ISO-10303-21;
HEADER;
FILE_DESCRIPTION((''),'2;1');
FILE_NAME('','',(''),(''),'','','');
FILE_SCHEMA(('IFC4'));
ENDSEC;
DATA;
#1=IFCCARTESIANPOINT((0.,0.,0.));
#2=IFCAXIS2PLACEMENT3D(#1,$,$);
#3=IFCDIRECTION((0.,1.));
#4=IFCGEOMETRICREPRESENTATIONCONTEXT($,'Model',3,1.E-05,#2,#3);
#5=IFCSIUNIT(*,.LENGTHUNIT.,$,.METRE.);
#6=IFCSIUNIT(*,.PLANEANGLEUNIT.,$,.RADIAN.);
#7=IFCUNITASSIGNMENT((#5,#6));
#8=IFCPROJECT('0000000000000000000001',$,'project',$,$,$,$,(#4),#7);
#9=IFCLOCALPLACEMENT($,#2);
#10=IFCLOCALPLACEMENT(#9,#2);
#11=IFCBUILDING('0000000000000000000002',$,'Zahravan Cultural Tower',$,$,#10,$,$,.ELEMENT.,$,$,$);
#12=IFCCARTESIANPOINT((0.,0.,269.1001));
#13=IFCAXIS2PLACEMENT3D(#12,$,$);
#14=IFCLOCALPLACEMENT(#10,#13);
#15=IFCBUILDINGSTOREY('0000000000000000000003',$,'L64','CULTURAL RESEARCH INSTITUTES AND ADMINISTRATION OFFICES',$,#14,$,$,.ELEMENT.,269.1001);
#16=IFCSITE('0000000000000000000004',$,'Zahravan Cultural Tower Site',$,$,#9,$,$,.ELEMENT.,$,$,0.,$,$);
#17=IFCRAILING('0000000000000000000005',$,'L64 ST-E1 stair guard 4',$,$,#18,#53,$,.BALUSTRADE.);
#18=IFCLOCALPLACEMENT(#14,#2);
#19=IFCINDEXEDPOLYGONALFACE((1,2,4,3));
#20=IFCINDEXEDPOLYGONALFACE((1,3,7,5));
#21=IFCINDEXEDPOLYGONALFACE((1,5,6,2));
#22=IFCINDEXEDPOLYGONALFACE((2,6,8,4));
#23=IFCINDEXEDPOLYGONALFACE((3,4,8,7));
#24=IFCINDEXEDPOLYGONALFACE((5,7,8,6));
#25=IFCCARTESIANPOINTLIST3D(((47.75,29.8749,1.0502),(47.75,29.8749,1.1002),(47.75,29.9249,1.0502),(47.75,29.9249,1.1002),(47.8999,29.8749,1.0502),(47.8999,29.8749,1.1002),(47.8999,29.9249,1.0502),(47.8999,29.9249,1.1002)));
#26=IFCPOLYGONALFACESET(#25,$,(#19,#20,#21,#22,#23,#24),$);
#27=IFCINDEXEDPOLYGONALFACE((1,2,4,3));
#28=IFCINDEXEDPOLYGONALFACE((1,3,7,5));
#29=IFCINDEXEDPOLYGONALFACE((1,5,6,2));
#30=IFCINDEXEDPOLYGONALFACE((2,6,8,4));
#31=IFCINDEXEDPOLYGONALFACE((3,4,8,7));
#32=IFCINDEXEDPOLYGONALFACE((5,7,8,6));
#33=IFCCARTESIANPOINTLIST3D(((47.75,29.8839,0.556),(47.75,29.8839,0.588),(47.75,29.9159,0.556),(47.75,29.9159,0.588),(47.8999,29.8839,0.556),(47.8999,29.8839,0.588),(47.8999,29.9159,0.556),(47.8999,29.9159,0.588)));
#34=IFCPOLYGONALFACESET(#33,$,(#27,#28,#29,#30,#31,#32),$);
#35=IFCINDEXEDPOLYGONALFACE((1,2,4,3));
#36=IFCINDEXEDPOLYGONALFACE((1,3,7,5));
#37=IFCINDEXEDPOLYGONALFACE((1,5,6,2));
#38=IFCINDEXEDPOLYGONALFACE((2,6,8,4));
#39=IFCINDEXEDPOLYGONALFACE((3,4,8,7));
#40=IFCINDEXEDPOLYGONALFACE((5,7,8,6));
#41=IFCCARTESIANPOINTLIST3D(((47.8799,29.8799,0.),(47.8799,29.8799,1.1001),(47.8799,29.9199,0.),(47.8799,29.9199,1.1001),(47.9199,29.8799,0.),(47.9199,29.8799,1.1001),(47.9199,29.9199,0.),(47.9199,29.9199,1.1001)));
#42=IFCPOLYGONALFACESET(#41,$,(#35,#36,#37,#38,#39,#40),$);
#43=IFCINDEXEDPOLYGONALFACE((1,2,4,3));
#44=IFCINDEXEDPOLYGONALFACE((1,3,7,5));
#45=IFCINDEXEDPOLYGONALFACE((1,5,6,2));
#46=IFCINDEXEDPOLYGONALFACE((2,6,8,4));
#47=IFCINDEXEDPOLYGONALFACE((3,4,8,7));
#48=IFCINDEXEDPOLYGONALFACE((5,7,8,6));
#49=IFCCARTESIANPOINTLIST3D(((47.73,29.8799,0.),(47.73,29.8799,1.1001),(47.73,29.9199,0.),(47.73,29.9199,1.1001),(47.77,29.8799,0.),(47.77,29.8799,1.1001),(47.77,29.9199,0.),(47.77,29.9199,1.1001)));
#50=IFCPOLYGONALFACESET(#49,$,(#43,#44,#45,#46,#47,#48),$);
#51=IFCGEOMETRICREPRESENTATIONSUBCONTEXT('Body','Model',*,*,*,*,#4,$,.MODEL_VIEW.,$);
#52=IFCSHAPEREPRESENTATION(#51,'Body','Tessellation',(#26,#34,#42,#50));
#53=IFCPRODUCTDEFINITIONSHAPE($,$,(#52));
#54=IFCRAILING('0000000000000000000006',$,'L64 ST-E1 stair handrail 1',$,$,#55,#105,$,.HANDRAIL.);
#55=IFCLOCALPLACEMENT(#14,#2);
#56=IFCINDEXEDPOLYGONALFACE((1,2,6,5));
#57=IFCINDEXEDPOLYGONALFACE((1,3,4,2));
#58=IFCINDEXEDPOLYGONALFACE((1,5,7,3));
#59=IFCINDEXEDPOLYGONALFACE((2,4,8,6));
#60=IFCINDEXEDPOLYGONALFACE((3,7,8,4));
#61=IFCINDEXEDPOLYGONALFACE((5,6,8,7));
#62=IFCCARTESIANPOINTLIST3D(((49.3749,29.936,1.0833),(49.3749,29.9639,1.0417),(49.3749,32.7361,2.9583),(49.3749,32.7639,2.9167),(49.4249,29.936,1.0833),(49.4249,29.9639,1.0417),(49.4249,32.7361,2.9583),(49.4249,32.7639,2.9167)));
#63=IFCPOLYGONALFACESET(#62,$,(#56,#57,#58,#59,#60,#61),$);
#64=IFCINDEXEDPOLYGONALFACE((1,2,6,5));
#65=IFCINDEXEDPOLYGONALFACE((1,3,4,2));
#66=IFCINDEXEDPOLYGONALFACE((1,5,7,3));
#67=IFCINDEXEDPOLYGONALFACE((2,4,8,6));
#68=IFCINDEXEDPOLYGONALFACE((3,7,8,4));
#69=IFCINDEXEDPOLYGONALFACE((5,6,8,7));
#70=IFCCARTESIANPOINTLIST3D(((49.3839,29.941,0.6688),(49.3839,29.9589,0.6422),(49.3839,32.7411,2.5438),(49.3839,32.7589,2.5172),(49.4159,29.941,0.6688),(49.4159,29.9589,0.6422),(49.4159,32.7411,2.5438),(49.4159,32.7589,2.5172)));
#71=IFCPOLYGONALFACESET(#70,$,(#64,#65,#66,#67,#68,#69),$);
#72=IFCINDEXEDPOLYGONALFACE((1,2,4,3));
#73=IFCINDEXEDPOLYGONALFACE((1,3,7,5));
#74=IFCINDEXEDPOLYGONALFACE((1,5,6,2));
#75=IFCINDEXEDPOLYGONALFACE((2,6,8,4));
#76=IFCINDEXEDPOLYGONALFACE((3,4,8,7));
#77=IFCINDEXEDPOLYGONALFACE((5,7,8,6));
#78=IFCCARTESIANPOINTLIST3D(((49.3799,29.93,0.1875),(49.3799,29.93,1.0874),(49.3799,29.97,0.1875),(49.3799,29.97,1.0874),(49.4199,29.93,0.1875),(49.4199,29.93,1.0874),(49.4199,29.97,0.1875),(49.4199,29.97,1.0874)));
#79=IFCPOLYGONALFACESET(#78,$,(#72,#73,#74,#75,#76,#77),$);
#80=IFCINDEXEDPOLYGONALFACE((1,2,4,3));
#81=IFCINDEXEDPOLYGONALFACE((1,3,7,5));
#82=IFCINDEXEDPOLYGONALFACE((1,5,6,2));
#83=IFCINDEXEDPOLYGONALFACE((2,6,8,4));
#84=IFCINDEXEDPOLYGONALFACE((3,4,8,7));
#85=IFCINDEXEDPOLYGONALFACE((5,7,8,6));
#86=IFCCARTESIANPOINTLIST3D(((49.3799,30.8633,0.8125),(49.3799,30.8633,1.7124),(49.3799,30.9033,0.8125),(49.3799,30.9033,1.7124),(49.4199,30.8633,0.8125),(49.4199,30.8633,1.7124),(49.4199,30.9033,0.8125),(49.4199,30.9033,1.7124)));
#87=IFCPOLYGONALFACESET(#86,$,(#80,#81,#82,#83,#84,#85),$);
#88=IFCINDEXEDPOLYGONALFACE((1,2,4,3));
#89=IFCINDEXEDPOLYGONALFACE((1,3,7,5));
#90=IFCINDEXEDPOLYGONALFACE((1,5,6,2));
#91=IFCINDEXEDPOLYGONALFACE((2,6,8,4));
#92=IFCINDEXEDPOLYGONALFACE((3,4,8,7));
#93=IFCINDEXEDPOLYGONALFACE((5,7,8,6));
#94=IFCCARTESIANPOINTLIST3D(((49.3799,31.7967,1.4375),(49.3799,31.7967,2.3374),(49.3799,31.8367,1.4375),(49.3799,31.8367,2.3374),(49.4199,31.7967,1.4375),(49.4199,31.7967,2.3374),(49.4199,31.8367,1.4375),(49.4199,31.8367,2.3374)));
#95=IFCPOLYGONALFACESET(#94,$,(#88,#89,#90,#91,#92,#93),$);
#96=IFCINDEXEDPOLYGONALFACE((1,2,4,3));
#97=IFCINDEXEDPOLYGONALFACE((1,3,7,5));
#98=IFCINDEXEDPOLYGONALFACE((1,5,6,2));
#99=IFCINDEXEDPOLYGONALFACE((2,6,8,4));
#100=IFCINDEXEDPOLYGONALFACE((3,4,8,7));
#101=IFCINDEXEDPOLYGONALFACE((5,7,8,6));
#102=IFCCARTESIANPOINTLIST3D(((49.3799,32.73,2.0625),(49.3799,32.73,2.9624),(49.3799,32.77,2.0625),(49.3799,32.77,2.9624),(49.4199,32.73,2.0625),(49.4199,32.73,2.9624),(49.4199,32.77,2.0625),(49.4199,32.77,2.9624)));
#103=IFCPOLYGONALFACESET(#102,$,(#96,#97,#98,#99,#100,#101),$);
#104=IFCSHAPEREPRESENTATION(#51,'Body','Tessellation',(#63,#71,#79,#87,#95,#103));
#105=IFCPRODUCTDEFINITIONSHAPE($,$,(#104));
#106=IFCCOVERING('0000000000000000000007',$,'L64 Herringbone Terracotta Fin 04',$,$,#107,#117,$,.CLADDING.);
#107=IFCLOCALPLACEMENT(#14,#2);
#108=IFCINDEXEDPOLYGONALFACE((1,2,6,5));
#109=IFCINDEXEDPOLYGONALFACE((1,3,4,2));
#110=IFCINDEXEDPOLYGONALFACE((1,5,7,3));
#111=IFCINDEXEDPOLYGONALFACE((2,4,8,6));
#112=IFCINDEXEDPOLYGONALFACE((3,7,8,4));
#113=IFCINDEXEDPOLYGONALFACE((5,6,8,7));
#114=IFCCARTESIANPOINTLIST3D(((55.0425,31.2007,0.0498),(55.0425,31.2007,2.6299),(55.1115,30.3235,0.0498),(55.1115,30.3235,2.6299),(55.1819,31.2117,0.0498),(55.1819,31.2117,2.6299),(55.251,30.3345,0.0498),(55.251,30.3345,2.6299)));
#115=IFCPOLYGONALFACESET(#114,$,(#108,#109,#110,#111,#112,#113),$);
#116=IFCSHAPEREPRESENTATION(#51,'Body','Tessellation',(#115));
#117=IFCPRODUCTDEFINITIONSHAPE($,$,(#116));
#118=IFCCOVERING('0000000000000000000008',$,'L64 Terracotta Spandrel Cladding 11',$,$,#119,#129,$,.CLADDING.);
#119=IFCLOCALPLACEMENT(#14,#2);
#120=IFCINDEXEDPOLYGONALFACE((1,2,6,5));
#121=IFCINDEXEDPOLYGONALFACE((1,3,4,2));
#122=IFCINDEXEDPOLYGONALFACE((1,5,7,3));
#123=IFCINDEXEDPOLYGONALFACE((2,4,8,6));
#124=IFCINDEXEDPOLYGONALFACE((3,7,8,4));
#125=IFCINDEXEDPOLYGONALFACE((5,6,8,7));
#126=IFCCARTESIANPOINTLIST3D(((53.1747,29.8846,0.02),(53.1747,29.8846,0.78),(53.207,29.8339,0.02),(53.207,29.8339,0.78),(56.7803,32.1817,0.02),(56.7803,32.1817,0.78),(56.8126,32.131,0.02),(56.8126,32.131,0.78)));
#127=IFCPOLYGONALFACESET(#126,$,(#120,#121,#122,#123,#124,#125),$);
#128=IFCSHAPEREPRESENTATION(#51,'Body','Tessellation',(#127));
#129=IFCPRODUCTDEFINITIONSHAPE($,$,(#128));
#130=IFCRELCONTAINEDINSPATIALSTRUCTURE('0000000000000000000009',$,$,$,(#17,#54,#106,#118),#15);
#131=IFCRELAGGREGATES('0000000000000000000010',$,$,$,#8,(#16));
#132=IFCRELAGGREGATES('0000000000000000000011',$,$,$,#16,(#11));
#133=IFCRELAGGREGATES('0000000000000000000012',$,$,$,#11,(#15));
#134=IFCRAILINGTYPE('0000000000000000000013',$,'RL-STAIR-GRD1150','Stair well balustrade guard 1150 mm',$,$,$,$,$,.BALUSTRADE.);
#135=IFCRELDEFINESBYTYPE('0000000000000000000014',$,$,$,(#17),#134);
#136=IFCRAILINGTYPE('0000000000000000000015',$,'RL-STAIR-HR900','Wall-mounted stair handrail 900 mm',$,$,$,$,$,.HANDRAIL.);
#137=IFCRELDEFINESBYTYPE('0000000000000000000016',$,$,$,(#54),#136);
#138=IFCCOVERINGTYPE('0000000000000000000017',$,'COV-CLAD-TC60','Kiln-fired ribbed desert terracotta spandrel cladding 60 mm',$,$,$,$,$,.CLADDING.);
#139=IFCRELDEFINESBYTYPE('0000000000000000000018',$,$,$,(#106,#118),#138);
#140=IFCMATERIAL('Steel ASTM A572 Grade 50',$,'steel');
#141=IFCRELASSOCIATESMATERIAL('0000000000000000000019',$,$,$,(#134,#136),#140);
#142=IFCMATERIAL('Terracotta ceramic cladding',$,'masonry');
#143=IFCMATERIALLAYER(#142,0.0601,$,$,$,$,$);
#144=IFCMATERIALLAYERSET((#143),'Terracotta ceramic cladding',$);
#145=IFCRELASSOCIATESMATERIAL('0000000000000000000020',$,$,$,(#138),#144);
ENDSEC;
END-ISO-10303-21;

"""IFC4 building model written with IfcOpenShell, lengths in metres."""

from ifc_helpers import new_model, si_unit, direction, frame, origin, origin_2d, place, context, subcontext, project, spatial, rectangle, extrude, source, transform, mapped, material, layer, layer_set, type_object, element, save


model = new_model("IFC4")

# Units and contexts
model_context = context("Model", 3, precision=1e-05, world=origin(), true_north=direction((0.0, 1.0)))
body_context = subcontext(model_context, "Body", "Model", "MODEL_VIEW")
ifc_project = project(units=[si_unit("LENGTHUNIT", "METRE"), si_unit("PLANEANGLEUNIT", "RADIAN")], contexts=[model_context])

# Site, building, storey
site_placement = place(None, origin())
site = spatial("IfcSite", under=ifc_project, at=site_placement, Name="Zahravan Cultural Tower Site", CompositionType="ELEMENT", RefElevation=0.0)
building_placement = place(site_placement, origin())
building = spatial("IfcBuilding", under=site, at=building_placement, Name="Zahravan Cultural Tower", CompositionType="ELEMENT")
storey_placement = place(building_placement, frame((0.0, 0.0, 269.1001)))
storey = spatial("IfcBuildingStorey", under=building, at=storey_placement, Name="L64", Description="CULTURAL RESEARCH INSTITUTES AND ADMINISTRATION OFFICES", CompositionType="ELEMENT", Elevation=269.1001)

# Railings
ifc_material_1 = material(Name="Steel ASTM A572 Grade 50", Category="steel")
railing_type_1 = type_object("IfcRailingType", Name="RL-STAIR-GRD1150", Description="Stair well balustrade guard 1150 mm", PredefinedType="BALUSTRADE", material=ifc_material_1)
railing_1_placement = place(storey_placement, frame((47.8999, 29.8999, 0.0)))
element("IfcRailing", 1, at=railing_1_placement, inside=storey, type_object=railing_type_1, Name="L64 ST-E1 stair guard 4", PredefinedType="BALUSTRADE", context=body_context, shape_type="SweptSolid", body=[
    extrude(rectangle(XDim=0.05, YDim=0.05, at=origin_2d()), frame((0.0, 0.0, 1.0752), z_axis=(-1.0, 0.0, 0.0), x_axis=(0.0, -1.0, 0.0)), (0.0, 0.0, 1.0), 0.1499),
    extrude(rectangle(XDim=0.032, YDim=0.032, at=origin_2d()), frame((0.0, 0.0, 0.572), z_axis=(-1.0, 0.0, 0.0), x_axis=(0.0, -1.0, 0.0)), (0.0, 0.0, 1.0), 0.1499),
    extrude(rectangle(XDim=0.04, YDim=0.04, at=origin_2d()), origin(), (0.0, 0.0, 1.0), 1.1001),
    extrude(rectangle(XDim=0.04, YDim=0.04, at=origin_2d()), frame((-0.1499, 0.0, 0.0)), (0.0, 0.0, 1.0), 1.1001),
])
railing_type_2 = type_object("IfcRailingType", Name="RL-STAIR-HR900", Description="Wall-mounted stair handrail 900 mm", PredefinedType="HANDRAIL", material=ifc_material_1)
railing_2_placement = place(storey_placement, frame((49.3999, 29.95, 0.1875)))
element("IfcRailing", 2, at=railing_2_placement, inside=storey, type_object=railing_type_2, Name="L64 ST-E1 stair handrail 1", PredefinedType="HANDRAIL", context=body_context, shape_type="SweptSolid", body=[
    extrude(rectangle(XDim=0.05, YDim=0.05, at=origin_2d()), frame((0.0, 0.0, 0.875), z_axis=(0.0, 0.830912, 0.556404), x_axis=(-1.0, 0.0, 0.0)), (0.0, 0.0, 1.0), 3.3699),
    extrude(rectangle(XDim=0.032, YDim=0.032, at=origin_2d()), frame((0.0, 0.0, 0.468), z_axis=(0.0, 0.830912, 0.556404), x_axis=(-1.0, 0.0, 0.0)), (0.0, 0.0, 1.0), 3.3699),
    extrude(rectangle(XDim=0.04, YDim=0.04, at=origin_2d()), origin(), (0.0, 0.0, 1.0), 0.8999),
    extrude(rectangle(XDim=0.04, YDim=0.04, at=origin_2d()), frame((0.0, 0.9333, 0.625)), (0.0, 0.0, 1.0), 0.8999),
    extrude(rectangle(XDim=0.04, YDim=0.04, at=origin_2d()), frame((0.0, 1.8667, 1.25)), (0.0, 0.0, 1.0), 0.8999),
    extrude(rectangle(XDim=0.04, YDim=0.04, at=origin_2d()), frame((0.0, 2.8, 1.875)), (0.0, 0.0, 1.0), 0.8999),
])

# Coverings
ifc_material_2 = material(Name="Terracotta ceramic cladding", Category="masonry")
ifc_layer_1 = layer(ifc_material_2, 0.0601)
ifc_layer_set_1 = layer_set([ifc_layer_1], Name="Terracotta ceramic cladding")
covering_type = type_object("IfcCoveringType", Name="COV-CLAD-TC60", Description="Kiln-fired ribbed desert terracotta spandrel cladding 60 mm", PredefinedType="CLADDING", material=ifc_layer_set_1)
shared_shape_1 = source(origin(), body_context, "Body", "SweptSolid", [
    extrude(rectangle(XDim=0.8799, YDim=0.1399, at=origin_2d()), origin(), (0.0, 0.0, 1.0), 2.5801),
])
covering_1_placement = place(storey_placement, frame((55.1467, 30.7676, 0.0498), z_axis=(0.0, 0.0, 1.0), x_axis=(0.078476, -0.996916, 0.0)))
element("IfcCovering", 3, at=covering_1_placement, inside=storey, type_object=covering_type, Name="L64 Herringbone Terracotta Fin 04", PredefinedType="CLADDING", context=body_context, shape_type="MappedRepresentation", body=[
    mapped(shared_shape_1, transform((0.0, 0.0, 0.0), x_axis=(1.0, 0.0, 0.0), y_axis=(0.0, 1.0, 0.0), z_axis=(0.0, 0.0, 1.0), scale=1.0)),
])
shared_shape_2 = source(origin(), body_context, "Body", "SweptSolid", [
    extrude(rectangle(XDim=4.2751, YDim=0.0601, at=origin_2d()), origin(), (0.0, 0.0, 1.0), 0.76),
])
covering_2_placement = place(storey_placement, frame((54.9937, 31.0078, 0.02), z_axis=(0.0, 0.0, 1.0), x_axis=(-0.843382, -0.537314, 0.0)))
element("IfcCovering", 4, at=covering_2_placement, inside=storey, type_object=covering_type, Name="L64 Terracotta Spandrel Cladding 11", PredefinedType="CLADDING", context=body_context, shape_type="MappedRepresentation", body=[
    mapped(shared_shape_2, transform((0.0, 0.0, 0.0), x_axis=(1.0, 0.0, 0.0), y_axis=(0.0, 1.0, 0.0), z_axis=(0.0, 0.0, 1.0), scale=1.0)),
])

save(model, "model.ifc")
